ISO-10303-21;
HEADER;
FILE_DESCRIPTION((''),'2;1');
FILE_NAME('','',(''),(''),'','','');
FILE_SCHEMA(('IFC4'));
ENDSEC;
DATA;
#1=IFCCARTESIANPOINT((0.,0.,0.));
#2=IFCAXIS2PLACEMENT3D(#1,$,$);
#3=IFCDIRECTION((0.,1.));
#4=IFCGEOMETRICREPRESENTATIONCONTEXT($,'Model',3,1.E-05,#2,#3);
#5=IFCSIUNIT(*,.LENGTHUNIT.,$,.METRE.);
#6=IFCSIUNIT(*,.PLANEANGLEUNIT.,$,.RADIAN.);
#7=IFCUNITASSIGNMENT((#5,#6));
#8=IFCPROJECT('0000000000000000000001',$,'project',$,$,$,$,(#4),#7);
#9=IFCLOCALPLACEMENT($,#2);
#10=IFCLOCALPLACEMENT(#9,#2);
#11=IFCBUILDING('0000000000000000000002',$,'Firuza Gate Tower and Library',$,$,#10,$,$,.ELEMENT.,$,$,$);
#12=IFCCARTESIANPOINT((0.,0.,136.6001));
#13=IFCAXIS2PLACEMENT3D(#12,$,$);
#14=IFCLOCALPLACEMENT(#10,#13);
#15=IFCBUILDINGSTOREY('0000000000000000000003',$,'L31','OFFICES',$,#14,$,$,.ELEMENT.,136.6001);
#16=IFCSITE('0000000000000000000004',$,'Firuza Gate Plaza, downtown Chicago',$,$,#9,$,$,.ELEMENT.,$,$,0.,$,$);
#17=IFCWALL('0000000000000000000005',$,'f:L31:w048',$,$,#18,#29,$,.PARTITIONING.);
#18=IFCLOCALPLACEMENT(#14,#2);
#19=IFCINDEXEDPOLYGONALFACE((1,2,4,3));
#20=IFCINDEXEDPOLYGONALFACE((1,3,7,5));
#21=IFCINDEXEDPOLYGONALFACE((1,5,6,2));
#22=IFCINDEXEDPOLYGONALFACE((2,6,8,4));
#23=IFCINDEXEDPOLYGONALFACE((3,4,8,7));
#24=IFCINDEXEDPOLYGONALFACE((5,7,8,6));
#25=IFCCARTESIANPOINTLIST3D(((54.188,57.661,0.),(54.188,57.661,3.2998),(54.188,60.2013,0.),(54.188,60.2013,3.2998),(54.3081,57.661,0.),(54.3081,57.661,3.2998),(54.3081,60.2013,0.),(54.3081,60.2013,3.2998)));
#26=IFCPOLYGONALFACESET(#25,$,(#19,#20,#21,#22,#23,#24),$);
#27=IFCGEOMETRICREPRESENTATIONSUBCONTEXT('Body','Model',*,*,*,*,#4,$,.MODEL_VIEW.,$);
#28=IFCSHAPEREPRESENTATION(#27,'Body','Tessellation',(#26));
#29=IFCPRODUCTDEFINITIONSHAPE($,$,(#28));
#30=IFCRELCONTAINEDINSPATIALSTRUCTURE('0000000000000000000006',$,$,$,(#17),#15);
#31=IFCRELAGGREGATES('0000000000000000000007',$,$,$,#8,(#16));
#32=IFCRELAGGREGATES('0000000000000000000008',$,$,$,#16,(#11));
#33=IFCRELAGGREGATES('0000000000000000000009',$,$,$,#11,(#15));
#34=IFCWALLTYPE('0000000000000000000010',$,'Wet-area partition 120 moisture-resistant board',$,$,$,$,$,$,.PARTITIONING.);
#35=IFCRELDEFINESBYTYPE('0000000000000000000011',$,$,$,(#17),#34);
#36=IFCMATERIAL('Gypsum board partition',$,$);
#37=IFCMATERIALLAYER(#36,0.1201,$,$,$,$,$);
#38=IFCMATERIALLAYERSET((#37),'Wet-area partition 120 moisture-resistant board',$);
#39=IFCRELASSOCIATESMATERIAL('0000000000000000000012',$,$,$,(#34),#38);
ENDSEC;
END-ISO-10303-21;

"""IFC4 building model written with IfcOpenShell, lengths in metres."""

from ifc_helpers import new_model, si_unit, direction, frame, frame_2d, origin, place, context, subcontext, project, spatial, rectangle, extrude, material, layer, layer_set, type_object, element, save


model = new_model("IFC4")

# Units and contexts
model_context = context("Model", 3, precision=1e-05, world=origin(), true_north=direction((0.0, 1.0)))
body_context = subcontext(model_context, "Body", "Model", "MODEL_VIEW")
ifc_project = project(units=[si_unit("LENGTHUNIT", "METRE"), si_unit("PLANEANGLEUNIT", "RADIAN")], contexts=[model_context])

# Site, building, storey
site_placement = place(None, origin())
site = spatial("IfcSite", under=ifc_project, at=site_placement, Name="Firuza Gate Plaza, downtown Chicago", CompositionType="ELEMENT", RefElevation=0.0)
building_placement = place(site_placement, origin())
building = spatial("IfcBuilding", under=site, at=building_placement, Name="Firuza Gate Tower and Library", CompositionType="ELEMENT")
storey_placement = place(building_placement, frame((0.0, 0.0, 136.6001)))
storey = spatial("IfcBuildingStorey", under=building, at=storey_placement, Name="L31", Description="OFFICES", CompositionType="ELEMENT", Elevation=136.6001)

# Wall
ifc_material_1 = material(Name="Gypsum board partition")
ifc_layer_1 = layer(ifc_material_1, 0.1201)
ifc_layer_set_1 = layer_set([ifc_layer_1], Name="Wet-area partition 120 moisture-resistant board")
wall_type = type_object("IfcWallType", Name="Wet-area partition 120 moisture-resistant board", PredefinedType="PARTITIONING", material=ifc_layer_set_1)
wall_placement = place(storey_placement, frame((54.248, 57.6611, 0.0), z_axis=(0.0, 0.0, 1.0), x_axis=(0.0, 1.0, 0.0)))
element("IfcWall", 1, at=wall_placement, inside=storey, type_object=wall_type, Name="f:L31:w048", PredefinedType="PARTITIONING", context=body_context, shape_type="SweptSolid", body=[
    extrude(rectangle(XDim=2.5403, YDim=0.1201, at=frame_2d((1.27, 0.0))), origin(), (0.0, 0.0, 1.0), 3.2998),
])

save(model, "model.ifc")
